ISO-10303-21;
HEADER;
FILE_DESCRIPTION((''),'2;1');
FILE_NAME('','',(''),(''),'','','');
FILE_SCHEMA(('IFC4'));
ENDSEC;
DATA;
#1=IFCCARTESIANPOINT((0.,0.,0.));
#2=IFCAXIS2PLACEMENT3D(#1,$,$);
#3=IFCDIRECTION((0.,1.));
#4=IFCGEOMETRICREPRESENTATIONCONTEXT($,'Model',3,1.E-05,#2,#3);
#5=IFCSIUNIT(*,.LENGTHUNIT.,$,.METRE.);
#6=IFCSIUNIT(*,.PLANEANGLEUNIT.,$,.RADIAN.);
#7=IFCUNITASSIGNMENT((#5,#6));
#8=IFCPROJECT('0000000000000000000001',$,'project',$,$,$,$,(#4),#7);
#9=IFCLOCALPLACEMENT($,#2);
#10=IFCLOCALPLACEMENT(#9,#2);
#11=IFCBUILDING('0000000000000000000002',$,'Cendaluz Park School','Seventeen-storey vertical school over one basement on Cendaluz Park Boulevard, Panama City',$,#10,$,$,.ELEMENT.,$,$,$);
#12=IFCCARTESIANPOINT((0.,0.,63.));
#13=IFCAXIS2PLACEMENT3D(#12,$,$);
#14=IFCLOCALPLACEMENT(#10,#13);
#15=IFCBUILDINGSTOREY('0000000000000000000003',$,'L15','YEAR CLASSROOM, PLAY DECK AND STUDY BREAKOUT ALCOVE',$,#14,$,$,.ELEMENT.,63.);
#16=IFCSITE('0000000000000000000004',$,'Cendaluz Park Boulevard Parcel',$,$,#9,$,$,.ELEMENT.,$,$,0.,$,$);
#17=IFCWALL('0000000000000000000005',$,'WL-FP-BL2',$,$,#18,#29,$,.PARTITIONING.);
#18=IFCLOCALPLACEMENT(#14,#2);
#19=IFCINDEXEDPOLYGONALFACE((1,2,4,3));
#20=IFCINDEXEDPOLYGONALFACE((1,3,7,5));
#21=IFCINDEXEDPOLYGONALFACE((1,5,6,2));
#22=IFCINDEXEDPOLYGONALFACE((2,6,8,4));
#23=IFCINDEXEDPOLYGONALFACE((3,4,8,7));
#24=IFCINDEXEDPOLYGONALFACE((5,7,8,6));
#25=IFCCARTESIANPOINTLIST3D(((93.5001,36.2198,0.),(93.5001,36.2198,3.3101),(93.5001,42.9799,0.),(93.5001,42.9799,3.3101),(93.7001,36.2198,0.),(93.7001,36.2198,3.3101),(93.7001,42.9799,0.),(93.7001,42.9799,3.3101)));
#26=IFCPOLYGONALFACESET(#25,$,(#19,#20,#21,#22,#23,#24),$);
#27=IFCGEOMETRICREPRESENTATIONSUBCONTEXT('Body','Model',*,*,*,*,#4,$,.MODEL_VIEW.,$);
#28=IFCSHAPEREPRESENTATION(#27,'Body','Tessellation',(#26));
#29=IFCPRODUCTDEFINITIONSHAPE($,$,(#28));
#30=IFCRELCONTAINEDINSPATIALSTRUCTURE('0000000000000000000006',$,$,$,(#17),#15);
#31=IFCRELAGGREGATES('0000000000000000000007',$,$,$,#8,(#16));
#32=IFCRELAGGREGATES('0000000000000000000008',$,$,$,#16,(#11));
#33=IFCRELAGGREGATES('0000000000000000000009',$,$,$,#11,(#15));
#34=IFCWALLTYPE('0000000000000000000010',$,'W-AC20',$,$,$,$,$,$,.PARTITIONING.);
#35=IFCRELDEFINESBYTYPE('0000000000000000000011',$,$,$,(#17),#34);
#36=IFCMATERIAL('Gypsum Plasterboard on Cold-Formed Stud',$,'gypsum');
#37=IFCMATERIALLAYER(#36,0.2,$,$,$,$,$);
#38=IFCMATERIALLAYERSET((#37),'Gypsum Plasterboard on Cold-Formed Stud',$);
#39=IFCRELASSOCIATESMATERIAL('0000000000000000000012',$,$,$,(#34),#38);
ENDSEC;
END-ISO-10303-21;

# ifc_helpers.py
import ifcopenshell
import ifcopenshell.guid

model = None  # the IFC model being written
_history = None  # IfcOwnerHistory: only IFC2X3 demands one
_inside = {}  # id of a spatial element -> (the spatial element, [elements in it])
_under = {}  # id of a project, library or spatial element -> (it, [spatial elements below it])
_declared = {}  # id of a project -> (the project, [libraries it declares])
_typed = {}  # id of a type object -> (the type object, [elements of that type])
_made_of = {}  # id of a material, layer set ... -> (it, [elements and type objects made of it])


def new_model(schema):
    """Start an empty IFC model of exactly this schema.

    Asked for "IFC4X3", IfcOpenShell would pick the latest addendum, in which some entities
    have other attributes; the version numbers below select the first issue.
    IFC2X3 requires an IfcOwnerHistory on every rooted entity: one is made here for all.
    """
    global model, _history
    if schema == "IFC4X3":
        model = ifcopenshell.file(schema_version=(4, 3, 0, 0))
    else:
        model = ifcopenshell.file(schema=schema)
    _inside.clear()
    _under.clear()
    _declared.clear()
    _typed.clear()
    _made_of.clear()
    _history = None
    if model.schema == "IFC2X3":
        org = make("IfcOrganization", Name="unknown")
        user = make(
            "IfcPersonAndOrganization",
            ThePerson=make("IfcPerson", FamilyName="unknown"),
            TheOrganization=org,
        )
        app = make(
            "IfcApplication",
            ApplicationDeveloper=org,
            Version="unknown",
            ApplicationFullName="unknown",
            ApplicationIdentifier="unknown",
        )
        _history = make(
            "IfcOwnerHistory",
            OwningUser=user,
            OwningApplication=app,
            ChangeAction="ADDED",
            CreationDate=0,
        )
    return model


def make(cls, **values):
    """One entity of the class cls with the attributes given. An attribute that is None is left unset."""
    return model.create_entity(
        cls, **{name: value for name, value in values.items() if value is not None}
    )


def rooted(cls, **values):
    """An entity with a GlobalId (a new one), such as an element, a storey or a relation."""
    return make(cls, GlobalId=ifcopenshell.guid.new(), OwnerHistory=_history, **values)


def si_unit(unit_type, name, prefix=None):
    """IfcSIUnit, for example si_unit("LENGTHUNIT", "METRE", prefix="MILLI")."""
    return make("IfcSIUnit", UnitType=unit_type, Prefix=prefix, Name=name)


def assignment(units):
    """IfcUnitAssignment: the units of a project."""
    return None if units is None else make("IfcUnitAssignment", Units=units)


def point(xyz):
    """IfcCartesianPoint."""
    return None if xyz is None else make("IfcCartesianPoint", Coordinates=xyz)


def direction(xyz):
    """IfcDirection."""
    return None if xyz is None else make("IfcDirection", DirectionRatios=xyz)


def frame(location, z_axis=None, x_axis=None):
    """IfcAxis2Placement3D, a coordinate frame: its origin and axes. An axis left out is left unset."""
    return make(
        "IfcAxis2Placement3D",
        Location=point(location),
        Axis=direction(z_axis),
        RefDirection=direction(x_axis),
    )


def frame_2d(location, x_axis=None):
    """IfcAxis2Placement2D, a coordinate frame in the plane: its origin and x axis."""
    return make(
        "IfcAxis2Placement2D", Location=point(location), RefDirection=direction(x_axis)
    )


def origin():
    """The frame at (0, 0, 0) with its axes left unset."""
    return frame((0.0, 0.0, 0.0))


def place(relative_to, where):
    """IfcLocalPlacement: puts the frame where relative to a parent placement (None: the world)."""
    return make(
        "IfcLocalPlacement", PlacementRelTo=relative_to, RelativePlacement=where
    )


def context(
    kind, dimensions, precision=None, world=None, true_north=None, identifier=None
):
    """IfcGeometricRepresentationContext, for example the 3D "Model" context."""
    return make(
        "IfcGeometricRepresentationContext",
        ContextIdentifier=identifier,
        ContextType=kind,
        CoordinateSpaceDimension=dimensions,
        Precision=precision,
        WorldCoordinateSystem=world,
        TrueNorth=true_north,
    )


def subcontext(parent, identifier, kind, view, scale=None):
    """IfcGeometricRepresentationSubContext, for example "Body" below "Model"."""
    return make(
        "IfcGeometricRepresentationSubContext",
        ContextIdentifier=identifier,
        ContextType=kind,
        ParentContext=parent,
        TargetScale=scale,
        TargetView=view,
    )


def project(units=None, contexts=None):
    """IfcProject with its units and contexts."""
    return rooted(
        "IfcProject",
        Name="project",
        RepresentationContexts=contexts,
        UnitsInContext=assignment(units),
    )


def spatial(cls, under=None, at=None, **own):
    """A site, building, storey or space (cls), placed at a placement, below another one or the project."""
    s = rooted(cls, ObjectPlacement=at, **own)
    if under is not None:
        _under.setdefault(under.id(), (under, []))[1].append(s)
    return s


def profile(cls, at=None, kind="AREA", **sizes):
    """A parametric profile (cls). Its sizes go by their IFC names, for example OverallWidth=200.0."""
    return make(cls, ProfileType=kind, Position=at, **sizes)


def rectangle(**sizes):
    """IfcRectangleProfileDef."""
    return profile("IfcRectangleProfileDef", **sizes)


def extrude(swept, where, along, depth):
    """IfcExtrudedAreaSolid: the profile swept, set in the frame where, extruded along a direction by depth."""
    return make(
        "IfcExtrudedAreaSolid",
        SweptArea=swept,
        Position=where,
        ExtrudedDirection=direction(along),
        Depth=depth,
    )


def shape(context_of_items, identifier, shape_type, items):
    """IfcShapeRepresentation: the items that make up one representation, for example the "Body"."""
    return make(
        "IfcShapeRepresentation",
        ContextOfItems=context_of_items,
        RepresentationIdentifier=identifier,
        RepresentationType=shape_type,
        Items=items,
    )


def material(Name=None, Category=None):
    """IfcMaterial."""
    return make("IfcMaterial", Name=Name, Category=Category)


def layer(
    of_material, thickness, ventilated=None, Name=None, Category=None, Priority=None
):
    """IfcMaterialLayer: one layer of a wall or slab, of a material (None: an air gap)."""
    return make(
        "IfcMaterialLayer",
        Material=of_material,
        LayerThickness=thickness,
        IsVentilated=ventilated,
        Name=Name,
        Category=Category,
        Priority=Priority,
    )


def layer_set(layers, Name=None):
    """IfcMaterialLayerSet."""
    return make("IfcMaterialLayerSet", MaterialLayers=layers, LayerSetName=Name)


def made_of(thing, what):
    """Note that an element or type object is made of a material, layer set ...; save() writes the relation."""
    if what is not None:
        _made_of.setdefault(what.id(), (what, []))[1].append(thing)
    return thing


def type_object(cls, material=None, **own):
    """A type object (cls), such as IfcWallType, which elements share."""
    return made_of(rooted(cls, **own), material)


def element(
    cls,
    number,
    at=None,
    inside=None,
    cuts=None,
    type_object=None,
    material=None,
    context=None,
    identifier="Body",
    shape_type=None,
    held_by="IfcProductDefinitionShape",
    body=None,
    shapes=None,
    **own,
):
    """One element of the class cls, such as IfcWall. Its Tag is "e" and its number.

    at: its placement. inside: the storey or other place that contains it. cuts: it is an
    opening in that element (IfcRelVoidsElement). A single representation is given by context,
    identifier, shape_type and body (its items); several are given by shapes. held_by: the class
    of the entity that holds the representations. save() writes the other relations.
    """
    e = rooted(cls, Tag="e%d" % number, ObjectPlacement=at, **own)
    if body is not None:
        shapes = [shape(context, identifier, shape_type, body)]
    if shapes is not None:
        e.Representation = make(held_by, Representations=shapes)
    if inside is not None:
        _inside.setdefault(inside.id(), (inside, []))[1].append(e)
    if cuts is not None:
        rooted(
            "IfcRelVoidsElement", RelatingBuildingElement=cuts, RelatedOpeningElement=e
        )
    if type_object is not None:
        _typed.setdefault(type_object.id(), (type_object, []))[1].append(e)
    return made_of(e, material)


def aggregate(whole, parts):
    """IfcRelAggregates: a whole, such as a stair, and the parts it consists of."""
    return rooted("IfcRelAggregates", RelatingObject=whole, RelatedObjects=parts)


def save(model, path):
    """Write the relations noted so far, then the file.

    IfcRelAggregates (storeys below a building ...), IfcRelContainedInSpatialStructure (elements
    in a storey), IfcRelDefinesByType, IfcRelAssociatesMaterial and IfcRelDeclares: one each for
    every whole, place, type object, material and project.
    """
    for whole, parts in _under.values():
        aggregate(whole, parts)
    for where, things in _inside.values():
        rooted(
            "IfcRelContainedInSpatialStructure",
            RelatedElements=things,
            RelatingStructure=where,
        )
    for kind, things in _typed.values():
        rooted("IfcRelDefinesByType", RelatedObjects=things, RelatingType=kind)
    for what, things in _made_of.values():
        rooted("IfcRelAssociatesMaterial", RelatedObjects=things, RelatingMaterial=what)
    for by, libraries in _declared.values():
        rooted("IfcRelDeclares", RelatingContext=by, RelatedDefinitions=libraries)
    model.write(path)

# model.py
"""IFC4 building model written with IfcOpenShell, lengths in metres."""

from ifc_helpers import new_model, si_unit, direction, frame, frame_2d, origin, place, context, subcontext, project, spatial, rectangle, extrude, material, layer, layer_set, type_object, element, save


model = new_model("IFC4")

# Units and contexts
model_context = context("Model", 3, precision=1e-05, world=origin(), true_north=direction((0.0, 1.0)))
body_context = subcontext(model_context, "Body", "Model", "MODEL_VIEW")
ifc_project = project(units=[si_unit("LENGTHUNIT", "METRE"), si_unit("PLANEANGLEUNIT", "RADIAN")], contexts=[model_context])

# Site, building, storey
site_placement = place(None, origin())
site = spatial("IfcSite", under=ifc_project, at=site_placement, Name="Cendaluz Park Boulevard Parcel", CompositionType="ELEMENT", RefElevation=0.0)
building_placement = place(site_placement, origin())
building = spatial("IfcBuilding", under=site, at=building_placement, Name="Cendaluz Park School", Description="Seventeen-storey vertical school over one basement on Cendaluz Park Boulevard, Panama City", CompositionType="ELEMENT")
storey_placement = place(building_placement, frame((0.0, 0.0, 63.0)))
storey = spatial("IfcBuildingStorey", under=building, at=storey_placement, Name="L15", Description="YEAR CLASSROOM, PLAY DECK AND STUDY BREAKOUT ALCOVE", CompositionType="ELEMENT", Elevation=63.0)

# Shared definitions
ifc_material_1 = material(Name="Gypsum Plasterboard on Cold-Formed Stud", Category="gypsum")
ifc_layer = layer(ifc_material_1, 0.2)
ifc_layer_set = layer_set([ifc_layer], Name="Gypsum Plasterboard on Cold-Formed Stud")
wall_type = type_object("IfcWallType", Name="W-AC20", PredefinedType="PARTITIONING", material=ifc_layer_set)

# Wall
wall_1_placement = place(storey_placement, frame((93.6001, 36.22, 0.0), z_axis=(0.0, 0.0, 1.0), x_axis=(0.0, 1.0, 0.0)))
element("IfcWall", 1, at=wall_1_placement, inside=storey, type_object=wall_type, Name="WL-FP-BL2", PredefinedType="PARTITIONING", context=body_context, shape_type="SweptSolid", body=[
    extrude(rectangle(XDim=6.76, YDim=0.2, at=frame_2d((3.3799, 0.0))), origin(), (0.0, 0.0, 1.0), 3.3101),
])

save(model, "model.ifc")
